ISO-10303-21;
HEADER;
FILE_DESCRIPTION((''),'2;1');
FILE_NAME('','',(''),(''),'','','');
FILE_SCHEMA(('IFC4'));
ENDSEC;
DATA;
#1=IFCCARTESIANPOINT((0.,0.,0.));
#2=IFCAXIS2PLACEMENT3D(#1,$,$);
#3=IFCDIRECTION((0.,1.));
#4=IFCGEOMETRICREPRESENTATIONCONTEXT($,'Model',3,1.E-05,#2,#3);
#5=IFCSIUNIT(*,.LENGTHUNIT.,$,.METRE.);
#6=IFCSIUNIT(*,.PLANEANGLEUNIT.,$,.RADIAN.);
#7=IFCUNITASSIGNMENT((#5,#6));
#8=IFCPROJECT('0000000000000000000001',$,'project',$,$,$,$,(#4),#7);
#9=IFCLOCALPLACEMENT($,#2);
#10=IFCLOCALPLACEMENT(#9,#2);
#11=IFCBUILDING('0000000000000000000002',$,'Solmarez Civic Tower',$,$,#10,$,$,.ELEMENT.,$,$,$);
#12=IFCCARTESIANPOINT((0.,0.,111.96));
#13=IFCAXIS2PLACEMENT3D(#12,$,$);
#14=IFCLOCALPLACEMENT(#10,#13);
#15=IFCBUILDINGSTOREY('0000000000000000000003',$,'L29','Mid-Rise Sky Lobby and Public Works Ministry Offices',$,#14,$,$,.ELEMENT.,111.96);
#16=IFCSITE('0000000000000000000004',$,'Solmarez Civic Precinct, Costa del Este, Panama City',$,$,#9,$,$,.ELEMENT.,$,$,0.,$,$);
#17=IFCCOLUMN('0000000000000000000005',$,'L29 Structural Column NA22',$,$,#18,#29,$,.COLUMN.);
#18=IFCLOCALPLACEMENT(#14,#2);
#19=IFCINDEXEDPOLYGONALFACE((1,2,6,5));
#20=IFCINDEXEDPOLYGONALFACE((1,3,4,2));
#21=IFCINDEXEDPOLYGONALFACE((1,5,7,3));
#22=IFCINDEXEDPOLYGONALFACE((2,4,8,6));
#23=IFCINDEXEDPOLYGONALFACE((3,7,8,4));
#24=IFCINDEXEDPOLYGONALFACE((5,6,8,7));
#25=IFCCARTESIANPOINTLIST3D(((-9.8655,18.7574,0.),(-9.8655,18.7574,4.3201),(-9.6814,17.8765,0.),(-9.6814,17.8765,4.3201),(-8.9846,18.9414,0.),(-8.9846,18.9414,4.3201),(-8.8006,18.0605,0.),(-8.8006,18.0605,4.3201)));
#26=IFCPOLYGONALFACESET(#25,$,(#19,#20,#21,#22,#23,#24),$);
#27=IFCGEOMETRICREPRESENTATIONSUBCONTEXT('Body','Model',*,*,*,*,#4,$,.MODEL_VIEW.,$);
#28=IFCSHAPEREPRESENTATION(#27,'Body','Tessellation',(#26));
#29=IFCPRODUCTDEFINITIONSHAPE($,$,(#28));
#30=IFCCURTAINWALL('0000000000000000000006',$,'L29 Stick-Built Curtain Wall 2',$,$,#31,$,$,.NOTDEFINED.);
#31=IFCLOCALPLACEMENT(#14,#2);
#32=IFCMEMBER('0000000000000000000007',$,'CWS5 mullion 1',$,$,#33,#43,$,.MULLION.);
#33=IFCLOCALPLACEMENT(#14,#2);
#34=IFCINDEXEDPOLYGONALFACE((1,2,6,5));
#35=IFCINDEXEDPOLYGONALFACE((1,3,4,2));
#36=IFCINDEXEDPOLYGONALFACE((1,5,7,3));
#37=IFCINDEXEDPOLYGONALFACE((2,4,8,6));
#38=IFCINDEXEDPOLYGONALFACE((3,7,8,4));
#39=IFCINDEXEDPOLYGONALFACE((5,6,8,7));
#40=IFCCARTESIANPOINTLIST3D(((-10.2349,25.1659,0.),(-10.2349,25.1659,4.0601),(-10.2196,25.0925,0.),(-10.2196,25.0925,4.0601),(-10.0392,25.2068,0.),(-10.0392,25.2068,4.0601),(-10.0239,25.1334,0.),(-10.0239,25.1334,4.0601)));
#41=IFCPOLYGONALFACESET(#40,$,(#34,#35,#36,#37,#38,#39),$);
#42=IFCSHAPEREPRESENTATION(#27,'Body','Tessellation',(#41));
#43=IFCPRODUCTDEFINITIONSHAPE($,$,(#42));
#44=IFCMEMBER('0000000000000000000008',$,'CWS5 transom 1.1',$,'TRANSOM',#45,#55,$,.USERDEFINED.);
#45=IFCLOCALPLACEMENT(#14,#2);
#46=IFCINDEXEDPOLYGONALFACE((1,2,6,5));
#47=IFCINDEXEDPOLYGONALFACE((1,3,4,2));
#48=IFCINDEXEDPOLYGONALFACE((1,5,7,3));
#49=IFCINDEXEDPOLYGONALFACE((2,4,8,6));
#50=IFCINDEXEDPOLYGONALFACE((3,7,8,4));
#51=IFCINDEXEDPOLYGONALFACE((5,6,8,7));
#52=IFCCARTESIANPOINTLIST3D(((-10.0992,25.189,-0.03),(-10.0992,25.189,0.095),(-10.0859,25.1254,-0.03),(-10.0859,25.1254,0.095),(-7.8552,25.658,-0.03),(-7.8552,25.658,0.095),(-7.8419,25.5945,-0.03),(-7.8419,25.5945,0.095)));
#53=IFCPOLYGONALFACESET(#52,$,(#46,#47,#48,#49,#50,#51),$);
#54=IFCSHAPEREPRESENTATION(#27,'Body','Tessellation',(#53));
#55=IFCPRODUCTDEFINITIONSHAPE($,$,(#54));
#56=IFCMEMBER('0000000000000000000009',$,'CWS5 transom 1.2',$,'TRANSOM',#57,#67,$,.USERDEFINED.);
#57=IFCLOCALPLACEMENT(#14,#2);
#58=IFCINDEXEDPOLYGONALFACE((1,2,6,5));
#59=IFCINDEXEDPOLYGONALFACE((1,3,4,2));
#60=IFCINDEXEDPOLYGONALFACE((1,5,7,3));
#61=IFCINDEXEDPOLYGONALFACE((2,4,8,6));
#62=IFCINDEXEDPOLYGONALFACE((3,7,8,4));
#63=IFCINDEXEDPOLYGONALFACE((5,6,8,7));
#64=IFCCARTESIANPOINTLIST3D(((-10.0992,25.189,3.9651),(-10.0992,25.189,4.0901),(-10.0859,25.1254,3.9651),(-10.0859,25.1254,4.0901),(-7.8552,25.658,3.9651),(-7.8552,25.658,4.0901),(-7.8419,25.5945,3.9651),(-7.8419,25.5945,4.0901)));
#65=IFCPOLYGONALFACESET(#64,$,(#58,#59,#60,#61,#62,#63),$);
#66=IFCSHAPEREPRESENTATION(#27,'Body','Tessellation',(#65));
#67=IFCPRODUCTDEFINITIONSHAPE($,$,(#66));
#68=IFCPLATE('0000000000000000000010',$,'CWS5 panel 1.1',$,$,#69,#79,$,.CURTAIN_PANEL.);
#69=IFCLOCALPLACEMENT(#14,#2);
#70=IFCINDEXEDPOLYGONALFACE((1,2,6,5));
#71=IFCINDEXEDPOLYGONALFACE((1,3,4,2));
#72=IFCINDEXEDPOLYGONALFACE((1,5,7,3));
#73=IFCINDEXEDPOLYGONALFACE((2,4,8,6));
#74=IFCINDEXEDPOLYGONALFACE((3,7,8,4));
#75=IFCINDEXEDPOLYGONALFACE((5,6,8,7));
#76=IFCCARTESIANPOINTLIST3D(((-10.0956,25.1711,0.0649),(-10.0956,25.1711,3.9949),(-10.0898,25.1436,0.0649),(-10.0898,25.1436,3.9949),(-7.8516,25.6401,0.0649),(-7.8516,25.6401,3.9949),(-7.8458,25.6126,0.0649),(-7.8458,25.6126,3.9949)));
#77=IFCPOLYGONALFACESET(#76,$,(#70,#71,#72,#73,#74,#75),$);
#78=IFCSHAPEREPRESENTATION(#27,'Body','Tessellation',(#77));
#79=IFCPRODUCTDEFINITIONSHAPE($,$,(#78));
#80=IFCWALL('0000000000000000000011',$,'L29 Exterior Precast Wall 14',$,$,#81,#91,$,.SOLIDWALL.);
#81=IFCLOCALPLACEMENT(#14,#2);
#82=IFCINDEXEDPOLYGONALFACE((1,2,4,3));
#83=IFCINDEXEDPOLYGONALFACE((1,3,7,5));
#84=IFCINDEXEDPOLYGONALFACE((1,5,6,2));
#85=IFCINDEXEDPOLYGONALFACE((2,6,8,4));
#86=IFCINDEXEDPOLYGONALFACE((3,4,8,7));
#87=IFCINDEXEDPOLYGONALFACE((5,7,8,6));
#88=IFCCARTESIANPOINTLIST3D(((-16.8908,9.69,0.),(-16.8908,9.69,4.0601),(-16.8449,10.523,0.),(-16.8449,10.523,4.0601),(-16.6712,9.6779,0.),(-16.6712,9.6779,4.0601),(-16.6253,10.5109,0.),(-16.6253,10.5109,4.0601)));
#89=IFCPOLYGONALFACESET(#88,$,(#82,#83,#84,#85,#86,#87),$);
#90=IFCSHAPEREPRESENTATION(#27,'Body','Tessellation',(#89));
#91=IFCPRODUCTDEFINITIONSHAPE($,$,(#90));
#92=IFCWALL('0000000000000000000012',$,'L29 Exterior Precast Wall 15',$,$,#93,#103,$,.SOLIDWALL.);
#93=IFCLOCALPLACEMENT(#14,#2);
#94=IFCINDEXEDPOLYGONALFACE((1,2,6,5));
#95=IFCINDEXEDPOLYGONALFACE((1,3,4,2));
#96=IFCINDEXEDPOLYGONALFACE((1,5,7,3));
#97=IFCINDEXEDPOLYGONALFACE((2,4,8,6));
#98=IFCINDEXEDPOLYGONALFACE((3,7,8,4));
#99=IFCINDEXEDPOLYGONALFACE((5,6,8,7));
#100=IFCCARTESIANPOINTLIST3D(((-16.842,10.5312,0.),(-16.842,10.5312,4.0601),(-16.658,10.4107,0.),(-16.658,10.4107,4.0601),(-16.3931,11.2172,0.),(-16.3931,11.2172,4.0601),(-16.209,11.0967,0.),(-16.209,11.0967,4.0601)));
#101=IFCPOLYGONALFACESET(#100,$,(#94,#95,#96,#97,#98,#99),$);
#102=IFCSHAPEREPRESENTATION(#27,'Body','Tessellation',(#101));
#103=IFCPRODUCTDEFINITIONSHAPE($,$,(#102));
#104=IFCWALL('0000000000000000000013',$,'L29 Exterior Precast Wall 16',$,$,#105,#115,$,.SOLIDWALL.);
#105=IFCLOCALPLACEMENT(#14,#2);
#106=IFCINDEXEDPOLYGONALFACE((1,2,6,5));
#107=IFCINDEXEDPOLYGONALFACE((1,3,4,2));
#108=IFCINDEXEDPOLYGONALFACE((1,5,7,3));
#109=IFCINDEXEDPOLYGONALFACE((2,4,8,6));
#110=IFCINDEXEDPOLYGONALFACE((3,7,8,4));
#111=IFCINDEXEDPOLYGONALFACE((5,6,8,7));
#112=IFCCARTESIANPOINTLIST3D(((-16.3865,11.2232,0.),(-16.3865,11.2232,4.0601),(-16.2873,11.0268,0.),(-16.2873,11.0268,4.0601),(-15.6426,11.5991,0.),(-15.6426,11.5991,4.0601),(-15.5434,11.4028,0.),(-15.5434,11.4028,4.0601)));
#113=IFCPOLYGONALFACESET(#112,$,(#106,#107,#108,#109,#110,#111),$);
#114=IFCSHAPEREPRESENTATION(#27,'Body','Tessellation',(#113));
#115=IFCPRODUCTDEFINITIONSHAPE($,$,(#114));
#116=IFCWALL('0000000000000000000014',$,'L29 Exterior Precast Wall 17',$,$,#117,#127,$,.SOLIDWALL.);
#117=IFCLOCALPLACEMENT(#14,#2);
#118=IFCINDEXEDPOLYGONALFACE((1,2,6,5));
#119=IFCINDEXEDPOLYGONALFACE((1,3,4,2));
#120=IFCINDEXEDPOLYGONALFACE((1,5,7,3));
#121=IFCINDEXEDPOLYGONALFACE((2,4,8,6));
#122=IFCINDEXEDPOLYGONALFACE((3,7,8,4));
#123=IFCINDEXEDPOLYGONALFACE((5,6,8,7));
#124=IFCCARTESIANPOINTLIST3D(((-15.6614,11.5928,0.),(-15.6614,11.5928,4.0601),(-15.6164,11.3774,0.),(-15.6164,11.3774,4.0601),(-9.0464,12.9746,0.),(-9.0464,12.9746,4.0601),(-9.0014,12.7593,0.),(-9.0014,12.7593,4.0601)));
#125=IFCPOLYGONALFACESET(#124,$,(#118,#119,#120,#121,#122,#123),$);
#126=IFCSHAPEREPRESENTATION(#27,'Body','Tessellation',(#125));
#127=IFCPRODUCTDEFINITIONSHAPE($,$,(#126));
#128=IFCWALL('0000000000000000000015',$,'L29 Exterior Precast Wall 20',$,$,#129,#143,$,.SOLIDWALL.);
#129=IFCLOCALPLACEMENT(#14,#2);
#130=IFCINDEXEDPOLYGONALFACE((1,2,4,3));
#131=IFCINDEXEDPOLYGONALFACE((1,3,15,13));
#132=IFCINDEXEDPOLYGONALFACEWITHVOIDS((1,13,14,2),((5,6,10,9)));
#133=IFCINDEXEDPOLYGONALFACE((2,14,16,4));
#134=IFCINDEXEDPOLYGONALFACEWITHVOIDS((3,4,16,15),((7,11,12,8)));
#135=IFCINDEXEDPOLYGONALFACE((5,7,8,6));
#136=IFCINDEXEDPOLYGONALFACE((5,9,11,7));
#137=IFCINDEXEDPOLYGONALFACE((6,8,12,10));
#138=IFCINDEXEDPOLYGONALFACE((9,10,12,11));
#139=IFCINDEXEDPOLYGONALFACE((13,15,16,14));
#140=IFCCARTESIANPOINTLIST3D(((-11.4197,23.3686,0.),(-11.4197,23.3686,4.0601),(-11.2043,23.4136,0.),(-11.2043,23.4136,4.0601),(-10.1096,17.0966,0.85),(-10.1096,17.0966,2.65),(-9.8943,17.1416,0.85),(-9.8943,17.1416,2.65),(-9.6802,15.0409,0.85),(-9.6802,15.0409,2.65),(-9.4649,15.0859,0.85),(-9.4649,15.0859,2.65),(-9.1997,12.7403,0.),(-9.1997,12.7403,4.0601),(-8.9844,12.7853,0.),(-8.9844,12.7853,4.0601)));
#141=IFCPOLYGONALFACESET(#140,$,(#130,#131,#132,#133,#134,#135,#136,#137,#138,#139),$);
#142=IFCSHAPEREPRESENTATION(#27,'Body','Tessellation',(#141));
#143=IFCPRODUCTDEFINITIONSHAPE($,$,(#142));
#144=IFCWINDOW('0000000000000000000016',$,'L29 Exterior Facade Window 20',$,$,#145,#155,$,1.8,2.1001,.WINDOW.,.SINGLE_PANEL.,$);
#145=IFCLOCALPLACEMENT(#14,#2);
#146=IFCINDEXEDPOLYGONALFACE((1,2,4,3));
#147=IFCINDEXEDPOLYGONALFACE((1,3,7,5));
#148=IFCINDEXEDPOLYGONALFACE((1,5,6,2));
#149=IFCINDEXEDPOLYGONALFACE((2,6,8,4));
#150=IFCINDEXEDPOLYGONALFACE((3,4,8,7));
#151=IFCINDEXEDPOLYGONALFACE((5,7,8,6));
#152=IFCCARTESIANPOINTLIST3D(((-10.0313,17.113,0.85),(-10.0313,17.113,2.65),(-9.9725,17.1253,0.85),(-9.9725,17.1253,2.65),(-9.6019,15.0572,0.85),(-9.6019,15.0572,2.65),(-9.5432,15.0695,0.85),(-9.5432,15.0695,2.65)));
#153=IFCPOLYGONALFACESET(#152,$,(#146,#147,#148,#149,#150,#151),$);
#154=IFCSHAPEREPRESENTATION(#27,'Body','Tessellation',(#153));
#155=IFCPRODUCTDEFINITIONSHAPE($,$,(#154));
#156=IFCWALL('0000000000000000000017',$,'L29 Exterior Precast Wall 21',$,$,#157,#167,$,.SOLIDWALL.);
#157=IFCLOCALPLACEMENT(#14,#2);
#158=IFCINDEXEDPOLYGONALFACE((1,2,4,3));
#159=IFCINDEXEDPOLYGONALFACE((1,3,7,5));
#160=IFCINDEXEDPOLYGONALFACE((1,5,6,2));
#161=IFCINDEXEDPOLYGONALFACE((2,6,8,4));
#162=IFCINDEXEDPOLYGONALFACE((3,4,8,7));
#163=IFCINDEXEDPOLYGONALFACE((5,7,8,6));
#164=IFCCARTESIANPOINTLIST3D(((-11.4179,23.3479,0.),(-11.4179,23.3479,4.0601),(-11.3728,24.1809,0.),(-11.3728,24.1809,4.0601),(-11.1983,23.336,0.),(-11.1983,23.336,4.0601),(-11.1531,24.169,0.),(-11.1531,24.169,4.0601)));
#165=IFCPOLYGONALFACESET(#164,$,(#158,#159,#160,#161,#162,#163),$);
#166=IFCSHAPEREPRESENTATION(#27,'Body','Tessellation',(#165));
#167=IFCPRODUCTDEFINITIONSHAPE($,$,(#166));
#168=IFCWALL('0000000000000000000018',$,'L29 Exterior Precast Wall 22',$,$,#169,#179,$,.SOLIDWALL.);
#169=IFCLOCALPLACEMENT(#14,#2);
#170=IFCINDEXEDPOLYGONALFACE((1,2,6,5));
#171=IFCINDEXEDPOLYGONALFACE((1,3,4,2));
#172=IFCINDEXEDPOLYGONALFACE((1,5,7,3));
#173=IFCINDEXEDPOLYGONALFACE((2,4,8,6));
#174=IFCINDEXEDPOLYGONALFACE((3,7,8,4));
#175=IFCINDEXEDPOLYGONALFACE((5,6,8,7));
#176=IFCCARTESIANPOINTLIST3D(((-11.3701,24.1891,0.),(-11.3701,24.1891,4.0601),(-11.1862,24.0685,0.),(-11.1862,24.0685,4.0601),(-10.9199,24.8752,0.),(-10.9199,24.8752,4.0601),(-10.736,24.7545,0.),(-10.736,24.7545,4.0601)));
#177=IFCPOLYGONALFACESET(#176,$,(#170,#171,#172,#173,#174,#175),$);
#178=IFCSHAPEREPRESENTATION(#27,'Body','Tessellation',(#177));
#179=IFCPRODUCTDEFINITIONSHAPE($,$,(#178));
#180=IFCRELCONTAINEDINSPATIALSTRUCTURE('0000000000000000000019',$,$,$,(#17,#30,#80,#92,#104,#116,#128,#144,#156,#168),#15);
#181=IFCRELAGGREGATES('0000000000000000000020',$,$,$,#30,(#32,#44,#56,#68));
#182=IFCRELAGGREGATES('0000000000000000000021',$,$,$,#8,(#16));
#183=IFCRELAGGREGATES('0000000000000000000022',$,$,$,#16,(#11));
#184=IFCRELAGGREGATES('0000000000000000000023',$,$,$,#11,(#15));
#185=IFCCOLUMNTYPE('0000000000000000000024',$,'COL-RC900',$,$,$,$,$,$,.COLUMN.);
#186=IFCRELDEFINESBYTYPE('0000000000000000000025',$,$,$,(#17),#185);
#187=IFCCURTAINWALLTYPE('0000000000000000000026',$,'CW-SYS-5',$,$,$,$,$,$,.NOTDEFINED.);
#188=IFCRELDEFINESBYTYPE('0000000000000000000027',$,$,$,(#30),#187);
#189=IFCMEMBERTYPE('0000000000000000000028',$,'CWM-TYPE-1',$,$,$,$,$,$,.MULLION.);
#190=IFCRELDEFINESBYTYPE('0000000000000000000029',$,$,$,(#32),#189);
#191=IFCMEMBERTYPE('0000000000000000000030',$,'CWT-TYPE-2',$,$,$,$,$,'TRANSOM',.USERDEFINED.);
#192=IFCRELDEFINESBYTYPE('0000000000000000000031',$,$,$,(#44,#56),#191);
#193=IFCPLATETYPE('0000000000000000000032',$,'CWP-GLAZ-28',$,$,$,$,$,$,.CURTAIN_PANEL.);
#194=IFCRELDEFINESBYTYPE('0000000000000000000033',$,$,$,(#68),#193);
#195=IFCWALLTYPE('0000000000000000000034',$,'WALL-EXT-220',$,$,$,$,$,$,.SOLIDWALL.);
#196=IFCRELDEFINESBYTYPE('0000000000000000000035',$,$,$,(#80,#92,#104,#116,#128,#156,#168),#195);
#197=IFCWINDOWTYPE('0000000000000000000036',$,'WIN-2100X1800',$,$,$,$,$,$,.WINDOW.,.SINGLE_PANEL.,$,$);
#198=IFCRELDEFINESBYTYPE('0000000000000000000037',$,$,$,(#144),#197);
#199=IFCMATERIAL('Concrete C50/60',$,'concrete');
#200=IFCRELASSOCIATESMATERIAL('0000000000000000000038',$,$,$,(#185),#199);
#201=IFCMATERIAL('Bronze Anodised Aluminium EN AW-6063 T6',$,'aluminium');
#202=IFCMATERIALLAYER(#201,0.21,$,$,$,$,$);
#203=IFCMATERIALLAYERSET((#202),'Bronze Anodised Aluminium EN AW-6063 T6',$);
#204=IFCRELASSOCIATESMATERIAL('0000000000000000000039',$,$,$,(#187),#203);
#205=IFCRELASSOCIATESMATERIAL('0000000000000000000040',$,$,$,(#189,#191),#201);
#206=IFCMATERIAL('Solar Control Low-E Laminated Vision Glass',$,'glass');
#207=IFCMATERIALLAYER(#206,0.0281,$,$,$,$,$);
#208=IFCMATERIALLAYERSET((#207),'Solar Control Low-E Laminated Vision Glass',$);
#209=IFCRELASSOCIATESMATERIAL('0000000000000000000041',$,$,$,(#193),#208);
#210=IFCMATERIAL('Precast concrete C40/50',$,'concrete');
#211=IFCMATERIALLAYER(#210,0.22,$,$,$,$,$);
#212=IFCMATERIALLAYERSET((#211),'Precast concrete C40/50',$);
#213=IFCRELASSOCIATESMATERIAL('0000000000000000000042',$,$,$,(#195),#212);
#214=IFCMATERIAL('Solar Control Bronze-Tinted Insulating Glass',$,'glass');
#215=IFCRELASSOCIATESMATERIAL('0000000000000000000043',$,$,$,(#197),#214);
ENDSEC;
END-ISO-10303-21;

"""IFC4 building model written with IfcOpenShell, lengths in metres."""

from ifc_helpers import new_model, si_unit, direction, frame, frame_2d, origin, origin_2d, place, context, subcontext, project, spatial, rectangle, extrude, material, layer, layer_set, material_profile, profile_set, type_object, element, fill, aggregate, save


model = new_model("IFC4")

# Units and contexts
model_context = context("Model", 3, precision=1e-05, world=origin(), true_north=direction((0.0, 1.0)))
body_context = subcontext(model_context, "Body", "Model", "MODEL_VIEW")
ifc_project = project(units=[si_unit("LENGTHUNIT", "METRE"), si_unit("PLANEANGLEUNIT", "RADIAN")], contexts=[model_context])

# Site, building, storey
site_placement = place(None, origin())
site = spatial("IfcSite", under=ifc_project, at=site_placement, Name="Solmarez Civic Precinct, Costa del Este, Panama City", CompositionType="ELEMENT", RefElevation=0.0)
building_placement = place(site_placement, origin())
building = spatial("IfcBuilding", under=site, at=building_placement, Name="Solmarez Civic Tower", CompositionType="ELEMENT")
storey_placement = place(building_placement, frame((0.0, 0.0, 111.96)))
storey = spatial("IfcBuildingStorey", under=building, at=storey_placement, Name="L29", Description="Mid-Rise Sky Lobby and Public Works Ministry Offices", CompositionType="ELEMENT", Elevation=111.96)

# Column
ifc_material_1 = material(Name="Concrete C50/60", Category="concrete")
ifc_material_profile_1 = material_profile(ifc_material_1, rectangle(XDim=0.8999, YDim=0.8999, at=origin_2d()), Name="RC900X900")
ifc_profile_set_1 = profile_set([ifc_material_profile_1], Name="Concrete C50/60")
column_type = type_object("IfcColumnType", Name="COL-RC900", PredefinedType="COLUMN", material=ifc_profile_set_1)
column_placement = place(storey_placement, frame((-9.333, 18.4089, 0.0), z_axis=(0.0, 0.0, 1.0), x_axis=(0.978867, 0.204496, 0.0)))
element("IfcColumn", 1, at=column_placement, inside=storey, type_object=column_type, Name="L29 Structural Column NA22", PredefinedType="COLUMN", context=body_context, shape_type="SweptSolid", body=[
    extrude(rectangle(XDim=0.8999, YDim=0.8999, at=origin_2d()), origin(), (0.0, 0.0, 1.0), 4.3201),
])

# Curtain wall, members, plate
ifc_material_2 = material(Name="Bronze Anodised Aluminium EN AW-6063 T6", Category="aluminium")
ifc_layer_1 = layer(ifc_material_2, 0.21)
ifc_layer_set_1 = layer_set([ifc_layer_1], Name="Bronze Anodised Aluminium EN AW-6063 T6")
curtain_wall_type = type_object("IfcCurtainWallType", Name="CW-SYS-5", PredefinedType="NOTDEFINED", material=ifc_layer_set_1)
curtain_wall_placement = place(storey_placement, origin())
curtain_wall = element("IfcCurtainWall", 2, at=curtain_wall_placement, inside=storey, type_object=curtain_wall_type, Name="L29 Stick-Built Curtain Wall 2", PredefinedType="NOTDEFINED")
ifc_material_profile_2 = material_profile(ifc_material_2, rectangle(XDim=0.075, YDim=0.2, at=origin_2d()), Name="CWM-75X200")
ifc_profile_set_2 = profile_set([ifc_material_profile_2], Name="Bronze Anodised Aluminium EN AW-6063 T6")
member_type_1 = type_object("IfcMemberType", Name="CWM-TYPE-1", PredefinedType="MULLION", material=ifc_profile_set_2)
member_1_placement = place(storey_placement, frame((-10.1294, 25.1497, 0.0), z_axis=(0.0, 0.0, 1.0), x_axis=(-0.204585, 0.978849, 0.0)))
member_1 = element("IfcMember", 3, at=member_1_placement, type_object=member_type_1, Name="CWS5 mullion 1", PredefinedType="MULLION", context=body_context, shape_type="SweptSolid", body=[
    extrude(rectangle(XDim=0.075, YDim=0.2, at=origin_2d()), origin(), (0.0, 0.0, 1.0), 4.0601),
])
ifc_material_profile_3 = material_profile(ifc_material_2, rectangle(XDim=0.0649, YDim=0.125, at=origin_2d()), Name="CWT-65X125")
ifc_profile_set_3 = profile_set([ifc_material_profile_3], Name="Bronze Anodised Aluminium EN AW-6063 T6")
member_type_2 = type_object("IfcMemberType", Name="CWT-TYPE-2", ElementType="TRANSOM", PredefinedType="USERDEFINED", material=ifc_profile_set_3)
member_2_placement = place(storey_placement, frame((-10.0925, 25.1572, 0.0325), z_axis=(0.978848, 0.204588, 0.0), x_axis=(-0.204588, 0.978848, 0.0)))
member_2 = element("IfcMember", 4, at=member_2_placement, type_object=member_type_2, Name="CWS5 transom 1.1", ObjectType="TRANSOM", PredefinedType="USERDEFINED", context=body_context, shape_type="SweptSolid", body=[
    extrude(rectangle(XDim=0.0649, YDim=0.125, at=origin_2d()), origin(), (0.0, 0.0, 1.0), 2.2925),
])
member_3_placement = place(storey_placement, frame((-10.0925, 25.1572, 4.0276), z_axis=(0.978848, 0.204588, 0.0), x_axis=(-0.204588, 0.978848, 0.0)))
member_3 = element("IfcMember", 5, at=member_3_placement, type_object=member_type_2, Name="CWS5 transom 1.2", ObjectType="TRANSOM", PredefinedType="USERDEFINED", context=body_context, shape_type="SweptSolid", body=[
    extrude(rectangle(XDim=0.0649, YDim=0.125, at=origin_2d()), origin(), (0.0, 0.0, 1.0), 2.2925),
])
ifc_material_3 = material(Name="Solar Control Low-E Laminated Vision Glass", Category="glass")
ifc_layer_2 = layer(ifc_material_3, 0.0281)
ifc_layer_set_2 = layer_set([ifc_layer_2], Name="Solar Control Low-E Laminated Vision Glass")
plate_type = type_object("IfcPlateType", Name="CWP-GLAZ-28", PredefinedType="CURTAIN_PANEL", material=ifc_layer_set_2)
plate_placement = place(storey_placement, frame((-8.9707, 25.3918, 0.0649), z_axis=(0.0, 0.0, 1.0), x_axis=(0.978849, 0.204585, 0.0)))
plate = element("IfcPlate", 6, at=plate_placement, type_object=plate_type, Name="CWS5 panel 1.1", PredefinedType="CURTAIN_PANEL", context=body_context, shape_type="SweptSolid", body=[
    extrude(rectangle(XDim=2.2925, YDim=0.0281, at=origin_2d()), origin(), (0.0, 0.0, 1.0), 3.9299),
])
aggregate(curtain_wall, [member_1, member_2, member_3, plate])

# Walls
ifc_material_4 = material(Name="Precast concrete C40/50", Category="concrete")
ifc_layer_3 = layer(ifc_material_4, 0.22)
ifc_layer_set_3 = layer_set([ifc_layer_3], Name="Precast concrete C40/50")
wall_type_1 = type_object("IfcWallType", Name="WALL-EXT-220", PredefinedType="SOLIDWALL", material=ifc_layer_set_3)
wall_1_placement = place(storey_placement, frame((-16.781, 9.6841, 0.0), z_axis=(0.0, 0.0, 1.0), x_axis=(0.055016, 0.998485, 0.0)))
element("IfcWall", 7, at=wall_1_placement, inside=storey, type_object=wall_type_1, Name="L29 Exterior Precast Wall 14", PredefinedType="SOLIDWALL", context=body_context, shape_type="SweptSolid", body=[
    extrude(rectangle(XDim=0.8342, YDim=0.22, at=frame_2d((0.417, 0.0))), origin(), (0.0, 0.0, 1.0), 4.0601),
])
wall_2_placement = place(storey_placement, frame((-16.75, 10.4709, 0.0), z_axis=(0.0, 0.0, 1.0), x_axis=(0.547602, 0.836739, 0.0)))
element("IfcWall", 8, at=wall_2_placement, inside=storey, type_object=wall_type_1, Name="L29 Exterior Precast Wall 15", PredefinedType="SOLIDWALL", context=body_context, shape_type="SweptSolid", body=[
    extrude(rectangle(XDim=0.8198, YDim=0.22, at=frame_2d((0.4099, 0.0))), origin(), (0.0, 0.0, 1.0), 4.0601),
])
wall_3_placement = place(storey_placement, frame((-16.3369, 11.125, 0.0), z_axis=(0.0, 0.0, 1.0), x_axis=(0.892486, 0.451076, 0.0)))
element("IfcWall", 9, at=wall_3_placement, inside=storey, type_object=wall_type_1, Name="L29 Exterior Precast Wall 16", PredefinedType="SOLIDWALL", context=body_context, shape_type="SweptSolid", body=[
    extrude(rectangle(XDim=0.8335, YDim=0.22, at=frame_2d((0.4167, 0.0))), origin(), (0.0, 0.0, 1.0), 4.0601),
])
wall_4_placement = place(storey_placement, frame((-15.6389, 11.4851, 0.0), z_axis=(0.0, 0.0, 1.0), x_axis=(0.978871, 0.204481, 0.0)))
element("IfcWall", 10, at=wall_4_placement, inside=storey, type_object=wall_type_1, Name="L29 Exterior Precast Wall 17", PredefinedType="SOLIDWALL", context=body_context, shape_type="SweptSolid", body=[
    extrude(rectangle(XDim=6.7578, YDim=0.22, at=frame_2d((3.3789, 0.0))), origin(), (0.0, 0.0, 1.0), 4.0601),
])

# Wall, opening, window
wall_5_placement = place(storey_placement, frame((-9.092, 12.7629, 0.0), z_axis=(0.0, 0.0, 1.0), x_axis=(-0.204463, 0.978874, 0.0)))
wall_5 = element("IfcWall", 11, at=wall_5_placement, inside=storey, type_object=wall_type_1, Name="L29 Exterior Precast Wall 20", PredefinedType="SOLIDWALL", context=body_context, shape_type="SweptSolid", body=[
    extrude(rectangle(XDim=10.8577, YDim=0.22, at=frame_2d((5.4287, 0.0))), origin(), (0.0, 0.0, 1.0), 4.0601),
])
opening_1_placement = place(wall_5_placement, frame((2.3501, 0.0, 0.8501)))
opening_1 = element("IfcOpeningElement", 12, at=opening_1_placement, cuts=wall_5, PredefinedType="OPENING", context=body_context, shape_type="SweptSolid", body=[
    extrude(rectangle(XDim=2.1001, YDim=1.8, at=frame_2d((1.05, 0.8999))), frame((0.0, 0.1199, 0.0), z_axis=(0.0, -1.0, 0.0), x_axis=(1.0, 0.0, 0.0)), (0.0, 0.0, 1.0), 0.24),
])
ifc_material_5 = material(Name="Solar Control Bronze-Tinted Insulating Glass", Category="glass")
window_type = type_object("IfcWindowType", Name="WIN-2100X1800", PartitioningType="SINGLE_PANEL", PredefinedType="WINDOW", material=ifc_material_5)
window_placement = place(opening_1_placement, origin())
window = element("IfcWindow", 13, at=window_placement, inside=storey, type_object=window_type, Name="L29 Exterior Facade Window 20", OverallHeight=1.8, OverallWidth=2.1001, PartitioningType="SINGLE_PANEL", PredefinedType="WINDOW", context=body_context, shape_type="SweptSolid", body=[
    extrude(rectangle(XDim=2.1001, YDim=1.8, at=frame_2d((1.05, 0.8999))), frame((0.0, 0.03, 0.0), z_axis=(0.0, -1.0, 0.0), x_axis=(1.0, 0.0, 0.0)), (0.0, 0.0, 1.0), 0.0601),
])
fill(opening_1, window)

# Walls
wall_6_placement = place(storey_placement, frame((-11.3081, 23.342, 0.0), z_axis=(0.0, 0.0, 1.0), x_axis=(0.054141, 0.998533, 0.0)))
element("IfcWall", 14, at=wall_6_placement, inside=storey, type_object=wall_type_1, Name="L29 Exterior Precast Wall 21", PredefinedType="SOLIDWALL", context=body_context, shape_type="SweptSolid", body=[
    extrude(rectangle(XDim=0.8342, YDim=0.22, at=frame_2d((0.417, 0.0))), origin(), (0.0, 0.0, 1.0), 4.0601),
])
wall_7_placement = place(storey_placement, frame((-11.2781, 24.1289, 0.0), z_axis=(0.0, 0.0, 1.0), x_axis=(0.548643, 0.836056, 0.0)))
element("IfcWall", 15, at=wall_7_placement, inside=storey, type_object=wall_type_1, Name="L29 Exterior Precast Wall 22", PredefinedType="SOLIDWALL", context=body_context, shape_type="SweptSolid", body=[
    extrude(rectangle(XDim=0.8206, YDim=0.22, at=frame_2d((0.4102, 0.0))), origin(), (0.0, 0.0, 1.0), 4.0601),
])

save(model, "model.ifc")
